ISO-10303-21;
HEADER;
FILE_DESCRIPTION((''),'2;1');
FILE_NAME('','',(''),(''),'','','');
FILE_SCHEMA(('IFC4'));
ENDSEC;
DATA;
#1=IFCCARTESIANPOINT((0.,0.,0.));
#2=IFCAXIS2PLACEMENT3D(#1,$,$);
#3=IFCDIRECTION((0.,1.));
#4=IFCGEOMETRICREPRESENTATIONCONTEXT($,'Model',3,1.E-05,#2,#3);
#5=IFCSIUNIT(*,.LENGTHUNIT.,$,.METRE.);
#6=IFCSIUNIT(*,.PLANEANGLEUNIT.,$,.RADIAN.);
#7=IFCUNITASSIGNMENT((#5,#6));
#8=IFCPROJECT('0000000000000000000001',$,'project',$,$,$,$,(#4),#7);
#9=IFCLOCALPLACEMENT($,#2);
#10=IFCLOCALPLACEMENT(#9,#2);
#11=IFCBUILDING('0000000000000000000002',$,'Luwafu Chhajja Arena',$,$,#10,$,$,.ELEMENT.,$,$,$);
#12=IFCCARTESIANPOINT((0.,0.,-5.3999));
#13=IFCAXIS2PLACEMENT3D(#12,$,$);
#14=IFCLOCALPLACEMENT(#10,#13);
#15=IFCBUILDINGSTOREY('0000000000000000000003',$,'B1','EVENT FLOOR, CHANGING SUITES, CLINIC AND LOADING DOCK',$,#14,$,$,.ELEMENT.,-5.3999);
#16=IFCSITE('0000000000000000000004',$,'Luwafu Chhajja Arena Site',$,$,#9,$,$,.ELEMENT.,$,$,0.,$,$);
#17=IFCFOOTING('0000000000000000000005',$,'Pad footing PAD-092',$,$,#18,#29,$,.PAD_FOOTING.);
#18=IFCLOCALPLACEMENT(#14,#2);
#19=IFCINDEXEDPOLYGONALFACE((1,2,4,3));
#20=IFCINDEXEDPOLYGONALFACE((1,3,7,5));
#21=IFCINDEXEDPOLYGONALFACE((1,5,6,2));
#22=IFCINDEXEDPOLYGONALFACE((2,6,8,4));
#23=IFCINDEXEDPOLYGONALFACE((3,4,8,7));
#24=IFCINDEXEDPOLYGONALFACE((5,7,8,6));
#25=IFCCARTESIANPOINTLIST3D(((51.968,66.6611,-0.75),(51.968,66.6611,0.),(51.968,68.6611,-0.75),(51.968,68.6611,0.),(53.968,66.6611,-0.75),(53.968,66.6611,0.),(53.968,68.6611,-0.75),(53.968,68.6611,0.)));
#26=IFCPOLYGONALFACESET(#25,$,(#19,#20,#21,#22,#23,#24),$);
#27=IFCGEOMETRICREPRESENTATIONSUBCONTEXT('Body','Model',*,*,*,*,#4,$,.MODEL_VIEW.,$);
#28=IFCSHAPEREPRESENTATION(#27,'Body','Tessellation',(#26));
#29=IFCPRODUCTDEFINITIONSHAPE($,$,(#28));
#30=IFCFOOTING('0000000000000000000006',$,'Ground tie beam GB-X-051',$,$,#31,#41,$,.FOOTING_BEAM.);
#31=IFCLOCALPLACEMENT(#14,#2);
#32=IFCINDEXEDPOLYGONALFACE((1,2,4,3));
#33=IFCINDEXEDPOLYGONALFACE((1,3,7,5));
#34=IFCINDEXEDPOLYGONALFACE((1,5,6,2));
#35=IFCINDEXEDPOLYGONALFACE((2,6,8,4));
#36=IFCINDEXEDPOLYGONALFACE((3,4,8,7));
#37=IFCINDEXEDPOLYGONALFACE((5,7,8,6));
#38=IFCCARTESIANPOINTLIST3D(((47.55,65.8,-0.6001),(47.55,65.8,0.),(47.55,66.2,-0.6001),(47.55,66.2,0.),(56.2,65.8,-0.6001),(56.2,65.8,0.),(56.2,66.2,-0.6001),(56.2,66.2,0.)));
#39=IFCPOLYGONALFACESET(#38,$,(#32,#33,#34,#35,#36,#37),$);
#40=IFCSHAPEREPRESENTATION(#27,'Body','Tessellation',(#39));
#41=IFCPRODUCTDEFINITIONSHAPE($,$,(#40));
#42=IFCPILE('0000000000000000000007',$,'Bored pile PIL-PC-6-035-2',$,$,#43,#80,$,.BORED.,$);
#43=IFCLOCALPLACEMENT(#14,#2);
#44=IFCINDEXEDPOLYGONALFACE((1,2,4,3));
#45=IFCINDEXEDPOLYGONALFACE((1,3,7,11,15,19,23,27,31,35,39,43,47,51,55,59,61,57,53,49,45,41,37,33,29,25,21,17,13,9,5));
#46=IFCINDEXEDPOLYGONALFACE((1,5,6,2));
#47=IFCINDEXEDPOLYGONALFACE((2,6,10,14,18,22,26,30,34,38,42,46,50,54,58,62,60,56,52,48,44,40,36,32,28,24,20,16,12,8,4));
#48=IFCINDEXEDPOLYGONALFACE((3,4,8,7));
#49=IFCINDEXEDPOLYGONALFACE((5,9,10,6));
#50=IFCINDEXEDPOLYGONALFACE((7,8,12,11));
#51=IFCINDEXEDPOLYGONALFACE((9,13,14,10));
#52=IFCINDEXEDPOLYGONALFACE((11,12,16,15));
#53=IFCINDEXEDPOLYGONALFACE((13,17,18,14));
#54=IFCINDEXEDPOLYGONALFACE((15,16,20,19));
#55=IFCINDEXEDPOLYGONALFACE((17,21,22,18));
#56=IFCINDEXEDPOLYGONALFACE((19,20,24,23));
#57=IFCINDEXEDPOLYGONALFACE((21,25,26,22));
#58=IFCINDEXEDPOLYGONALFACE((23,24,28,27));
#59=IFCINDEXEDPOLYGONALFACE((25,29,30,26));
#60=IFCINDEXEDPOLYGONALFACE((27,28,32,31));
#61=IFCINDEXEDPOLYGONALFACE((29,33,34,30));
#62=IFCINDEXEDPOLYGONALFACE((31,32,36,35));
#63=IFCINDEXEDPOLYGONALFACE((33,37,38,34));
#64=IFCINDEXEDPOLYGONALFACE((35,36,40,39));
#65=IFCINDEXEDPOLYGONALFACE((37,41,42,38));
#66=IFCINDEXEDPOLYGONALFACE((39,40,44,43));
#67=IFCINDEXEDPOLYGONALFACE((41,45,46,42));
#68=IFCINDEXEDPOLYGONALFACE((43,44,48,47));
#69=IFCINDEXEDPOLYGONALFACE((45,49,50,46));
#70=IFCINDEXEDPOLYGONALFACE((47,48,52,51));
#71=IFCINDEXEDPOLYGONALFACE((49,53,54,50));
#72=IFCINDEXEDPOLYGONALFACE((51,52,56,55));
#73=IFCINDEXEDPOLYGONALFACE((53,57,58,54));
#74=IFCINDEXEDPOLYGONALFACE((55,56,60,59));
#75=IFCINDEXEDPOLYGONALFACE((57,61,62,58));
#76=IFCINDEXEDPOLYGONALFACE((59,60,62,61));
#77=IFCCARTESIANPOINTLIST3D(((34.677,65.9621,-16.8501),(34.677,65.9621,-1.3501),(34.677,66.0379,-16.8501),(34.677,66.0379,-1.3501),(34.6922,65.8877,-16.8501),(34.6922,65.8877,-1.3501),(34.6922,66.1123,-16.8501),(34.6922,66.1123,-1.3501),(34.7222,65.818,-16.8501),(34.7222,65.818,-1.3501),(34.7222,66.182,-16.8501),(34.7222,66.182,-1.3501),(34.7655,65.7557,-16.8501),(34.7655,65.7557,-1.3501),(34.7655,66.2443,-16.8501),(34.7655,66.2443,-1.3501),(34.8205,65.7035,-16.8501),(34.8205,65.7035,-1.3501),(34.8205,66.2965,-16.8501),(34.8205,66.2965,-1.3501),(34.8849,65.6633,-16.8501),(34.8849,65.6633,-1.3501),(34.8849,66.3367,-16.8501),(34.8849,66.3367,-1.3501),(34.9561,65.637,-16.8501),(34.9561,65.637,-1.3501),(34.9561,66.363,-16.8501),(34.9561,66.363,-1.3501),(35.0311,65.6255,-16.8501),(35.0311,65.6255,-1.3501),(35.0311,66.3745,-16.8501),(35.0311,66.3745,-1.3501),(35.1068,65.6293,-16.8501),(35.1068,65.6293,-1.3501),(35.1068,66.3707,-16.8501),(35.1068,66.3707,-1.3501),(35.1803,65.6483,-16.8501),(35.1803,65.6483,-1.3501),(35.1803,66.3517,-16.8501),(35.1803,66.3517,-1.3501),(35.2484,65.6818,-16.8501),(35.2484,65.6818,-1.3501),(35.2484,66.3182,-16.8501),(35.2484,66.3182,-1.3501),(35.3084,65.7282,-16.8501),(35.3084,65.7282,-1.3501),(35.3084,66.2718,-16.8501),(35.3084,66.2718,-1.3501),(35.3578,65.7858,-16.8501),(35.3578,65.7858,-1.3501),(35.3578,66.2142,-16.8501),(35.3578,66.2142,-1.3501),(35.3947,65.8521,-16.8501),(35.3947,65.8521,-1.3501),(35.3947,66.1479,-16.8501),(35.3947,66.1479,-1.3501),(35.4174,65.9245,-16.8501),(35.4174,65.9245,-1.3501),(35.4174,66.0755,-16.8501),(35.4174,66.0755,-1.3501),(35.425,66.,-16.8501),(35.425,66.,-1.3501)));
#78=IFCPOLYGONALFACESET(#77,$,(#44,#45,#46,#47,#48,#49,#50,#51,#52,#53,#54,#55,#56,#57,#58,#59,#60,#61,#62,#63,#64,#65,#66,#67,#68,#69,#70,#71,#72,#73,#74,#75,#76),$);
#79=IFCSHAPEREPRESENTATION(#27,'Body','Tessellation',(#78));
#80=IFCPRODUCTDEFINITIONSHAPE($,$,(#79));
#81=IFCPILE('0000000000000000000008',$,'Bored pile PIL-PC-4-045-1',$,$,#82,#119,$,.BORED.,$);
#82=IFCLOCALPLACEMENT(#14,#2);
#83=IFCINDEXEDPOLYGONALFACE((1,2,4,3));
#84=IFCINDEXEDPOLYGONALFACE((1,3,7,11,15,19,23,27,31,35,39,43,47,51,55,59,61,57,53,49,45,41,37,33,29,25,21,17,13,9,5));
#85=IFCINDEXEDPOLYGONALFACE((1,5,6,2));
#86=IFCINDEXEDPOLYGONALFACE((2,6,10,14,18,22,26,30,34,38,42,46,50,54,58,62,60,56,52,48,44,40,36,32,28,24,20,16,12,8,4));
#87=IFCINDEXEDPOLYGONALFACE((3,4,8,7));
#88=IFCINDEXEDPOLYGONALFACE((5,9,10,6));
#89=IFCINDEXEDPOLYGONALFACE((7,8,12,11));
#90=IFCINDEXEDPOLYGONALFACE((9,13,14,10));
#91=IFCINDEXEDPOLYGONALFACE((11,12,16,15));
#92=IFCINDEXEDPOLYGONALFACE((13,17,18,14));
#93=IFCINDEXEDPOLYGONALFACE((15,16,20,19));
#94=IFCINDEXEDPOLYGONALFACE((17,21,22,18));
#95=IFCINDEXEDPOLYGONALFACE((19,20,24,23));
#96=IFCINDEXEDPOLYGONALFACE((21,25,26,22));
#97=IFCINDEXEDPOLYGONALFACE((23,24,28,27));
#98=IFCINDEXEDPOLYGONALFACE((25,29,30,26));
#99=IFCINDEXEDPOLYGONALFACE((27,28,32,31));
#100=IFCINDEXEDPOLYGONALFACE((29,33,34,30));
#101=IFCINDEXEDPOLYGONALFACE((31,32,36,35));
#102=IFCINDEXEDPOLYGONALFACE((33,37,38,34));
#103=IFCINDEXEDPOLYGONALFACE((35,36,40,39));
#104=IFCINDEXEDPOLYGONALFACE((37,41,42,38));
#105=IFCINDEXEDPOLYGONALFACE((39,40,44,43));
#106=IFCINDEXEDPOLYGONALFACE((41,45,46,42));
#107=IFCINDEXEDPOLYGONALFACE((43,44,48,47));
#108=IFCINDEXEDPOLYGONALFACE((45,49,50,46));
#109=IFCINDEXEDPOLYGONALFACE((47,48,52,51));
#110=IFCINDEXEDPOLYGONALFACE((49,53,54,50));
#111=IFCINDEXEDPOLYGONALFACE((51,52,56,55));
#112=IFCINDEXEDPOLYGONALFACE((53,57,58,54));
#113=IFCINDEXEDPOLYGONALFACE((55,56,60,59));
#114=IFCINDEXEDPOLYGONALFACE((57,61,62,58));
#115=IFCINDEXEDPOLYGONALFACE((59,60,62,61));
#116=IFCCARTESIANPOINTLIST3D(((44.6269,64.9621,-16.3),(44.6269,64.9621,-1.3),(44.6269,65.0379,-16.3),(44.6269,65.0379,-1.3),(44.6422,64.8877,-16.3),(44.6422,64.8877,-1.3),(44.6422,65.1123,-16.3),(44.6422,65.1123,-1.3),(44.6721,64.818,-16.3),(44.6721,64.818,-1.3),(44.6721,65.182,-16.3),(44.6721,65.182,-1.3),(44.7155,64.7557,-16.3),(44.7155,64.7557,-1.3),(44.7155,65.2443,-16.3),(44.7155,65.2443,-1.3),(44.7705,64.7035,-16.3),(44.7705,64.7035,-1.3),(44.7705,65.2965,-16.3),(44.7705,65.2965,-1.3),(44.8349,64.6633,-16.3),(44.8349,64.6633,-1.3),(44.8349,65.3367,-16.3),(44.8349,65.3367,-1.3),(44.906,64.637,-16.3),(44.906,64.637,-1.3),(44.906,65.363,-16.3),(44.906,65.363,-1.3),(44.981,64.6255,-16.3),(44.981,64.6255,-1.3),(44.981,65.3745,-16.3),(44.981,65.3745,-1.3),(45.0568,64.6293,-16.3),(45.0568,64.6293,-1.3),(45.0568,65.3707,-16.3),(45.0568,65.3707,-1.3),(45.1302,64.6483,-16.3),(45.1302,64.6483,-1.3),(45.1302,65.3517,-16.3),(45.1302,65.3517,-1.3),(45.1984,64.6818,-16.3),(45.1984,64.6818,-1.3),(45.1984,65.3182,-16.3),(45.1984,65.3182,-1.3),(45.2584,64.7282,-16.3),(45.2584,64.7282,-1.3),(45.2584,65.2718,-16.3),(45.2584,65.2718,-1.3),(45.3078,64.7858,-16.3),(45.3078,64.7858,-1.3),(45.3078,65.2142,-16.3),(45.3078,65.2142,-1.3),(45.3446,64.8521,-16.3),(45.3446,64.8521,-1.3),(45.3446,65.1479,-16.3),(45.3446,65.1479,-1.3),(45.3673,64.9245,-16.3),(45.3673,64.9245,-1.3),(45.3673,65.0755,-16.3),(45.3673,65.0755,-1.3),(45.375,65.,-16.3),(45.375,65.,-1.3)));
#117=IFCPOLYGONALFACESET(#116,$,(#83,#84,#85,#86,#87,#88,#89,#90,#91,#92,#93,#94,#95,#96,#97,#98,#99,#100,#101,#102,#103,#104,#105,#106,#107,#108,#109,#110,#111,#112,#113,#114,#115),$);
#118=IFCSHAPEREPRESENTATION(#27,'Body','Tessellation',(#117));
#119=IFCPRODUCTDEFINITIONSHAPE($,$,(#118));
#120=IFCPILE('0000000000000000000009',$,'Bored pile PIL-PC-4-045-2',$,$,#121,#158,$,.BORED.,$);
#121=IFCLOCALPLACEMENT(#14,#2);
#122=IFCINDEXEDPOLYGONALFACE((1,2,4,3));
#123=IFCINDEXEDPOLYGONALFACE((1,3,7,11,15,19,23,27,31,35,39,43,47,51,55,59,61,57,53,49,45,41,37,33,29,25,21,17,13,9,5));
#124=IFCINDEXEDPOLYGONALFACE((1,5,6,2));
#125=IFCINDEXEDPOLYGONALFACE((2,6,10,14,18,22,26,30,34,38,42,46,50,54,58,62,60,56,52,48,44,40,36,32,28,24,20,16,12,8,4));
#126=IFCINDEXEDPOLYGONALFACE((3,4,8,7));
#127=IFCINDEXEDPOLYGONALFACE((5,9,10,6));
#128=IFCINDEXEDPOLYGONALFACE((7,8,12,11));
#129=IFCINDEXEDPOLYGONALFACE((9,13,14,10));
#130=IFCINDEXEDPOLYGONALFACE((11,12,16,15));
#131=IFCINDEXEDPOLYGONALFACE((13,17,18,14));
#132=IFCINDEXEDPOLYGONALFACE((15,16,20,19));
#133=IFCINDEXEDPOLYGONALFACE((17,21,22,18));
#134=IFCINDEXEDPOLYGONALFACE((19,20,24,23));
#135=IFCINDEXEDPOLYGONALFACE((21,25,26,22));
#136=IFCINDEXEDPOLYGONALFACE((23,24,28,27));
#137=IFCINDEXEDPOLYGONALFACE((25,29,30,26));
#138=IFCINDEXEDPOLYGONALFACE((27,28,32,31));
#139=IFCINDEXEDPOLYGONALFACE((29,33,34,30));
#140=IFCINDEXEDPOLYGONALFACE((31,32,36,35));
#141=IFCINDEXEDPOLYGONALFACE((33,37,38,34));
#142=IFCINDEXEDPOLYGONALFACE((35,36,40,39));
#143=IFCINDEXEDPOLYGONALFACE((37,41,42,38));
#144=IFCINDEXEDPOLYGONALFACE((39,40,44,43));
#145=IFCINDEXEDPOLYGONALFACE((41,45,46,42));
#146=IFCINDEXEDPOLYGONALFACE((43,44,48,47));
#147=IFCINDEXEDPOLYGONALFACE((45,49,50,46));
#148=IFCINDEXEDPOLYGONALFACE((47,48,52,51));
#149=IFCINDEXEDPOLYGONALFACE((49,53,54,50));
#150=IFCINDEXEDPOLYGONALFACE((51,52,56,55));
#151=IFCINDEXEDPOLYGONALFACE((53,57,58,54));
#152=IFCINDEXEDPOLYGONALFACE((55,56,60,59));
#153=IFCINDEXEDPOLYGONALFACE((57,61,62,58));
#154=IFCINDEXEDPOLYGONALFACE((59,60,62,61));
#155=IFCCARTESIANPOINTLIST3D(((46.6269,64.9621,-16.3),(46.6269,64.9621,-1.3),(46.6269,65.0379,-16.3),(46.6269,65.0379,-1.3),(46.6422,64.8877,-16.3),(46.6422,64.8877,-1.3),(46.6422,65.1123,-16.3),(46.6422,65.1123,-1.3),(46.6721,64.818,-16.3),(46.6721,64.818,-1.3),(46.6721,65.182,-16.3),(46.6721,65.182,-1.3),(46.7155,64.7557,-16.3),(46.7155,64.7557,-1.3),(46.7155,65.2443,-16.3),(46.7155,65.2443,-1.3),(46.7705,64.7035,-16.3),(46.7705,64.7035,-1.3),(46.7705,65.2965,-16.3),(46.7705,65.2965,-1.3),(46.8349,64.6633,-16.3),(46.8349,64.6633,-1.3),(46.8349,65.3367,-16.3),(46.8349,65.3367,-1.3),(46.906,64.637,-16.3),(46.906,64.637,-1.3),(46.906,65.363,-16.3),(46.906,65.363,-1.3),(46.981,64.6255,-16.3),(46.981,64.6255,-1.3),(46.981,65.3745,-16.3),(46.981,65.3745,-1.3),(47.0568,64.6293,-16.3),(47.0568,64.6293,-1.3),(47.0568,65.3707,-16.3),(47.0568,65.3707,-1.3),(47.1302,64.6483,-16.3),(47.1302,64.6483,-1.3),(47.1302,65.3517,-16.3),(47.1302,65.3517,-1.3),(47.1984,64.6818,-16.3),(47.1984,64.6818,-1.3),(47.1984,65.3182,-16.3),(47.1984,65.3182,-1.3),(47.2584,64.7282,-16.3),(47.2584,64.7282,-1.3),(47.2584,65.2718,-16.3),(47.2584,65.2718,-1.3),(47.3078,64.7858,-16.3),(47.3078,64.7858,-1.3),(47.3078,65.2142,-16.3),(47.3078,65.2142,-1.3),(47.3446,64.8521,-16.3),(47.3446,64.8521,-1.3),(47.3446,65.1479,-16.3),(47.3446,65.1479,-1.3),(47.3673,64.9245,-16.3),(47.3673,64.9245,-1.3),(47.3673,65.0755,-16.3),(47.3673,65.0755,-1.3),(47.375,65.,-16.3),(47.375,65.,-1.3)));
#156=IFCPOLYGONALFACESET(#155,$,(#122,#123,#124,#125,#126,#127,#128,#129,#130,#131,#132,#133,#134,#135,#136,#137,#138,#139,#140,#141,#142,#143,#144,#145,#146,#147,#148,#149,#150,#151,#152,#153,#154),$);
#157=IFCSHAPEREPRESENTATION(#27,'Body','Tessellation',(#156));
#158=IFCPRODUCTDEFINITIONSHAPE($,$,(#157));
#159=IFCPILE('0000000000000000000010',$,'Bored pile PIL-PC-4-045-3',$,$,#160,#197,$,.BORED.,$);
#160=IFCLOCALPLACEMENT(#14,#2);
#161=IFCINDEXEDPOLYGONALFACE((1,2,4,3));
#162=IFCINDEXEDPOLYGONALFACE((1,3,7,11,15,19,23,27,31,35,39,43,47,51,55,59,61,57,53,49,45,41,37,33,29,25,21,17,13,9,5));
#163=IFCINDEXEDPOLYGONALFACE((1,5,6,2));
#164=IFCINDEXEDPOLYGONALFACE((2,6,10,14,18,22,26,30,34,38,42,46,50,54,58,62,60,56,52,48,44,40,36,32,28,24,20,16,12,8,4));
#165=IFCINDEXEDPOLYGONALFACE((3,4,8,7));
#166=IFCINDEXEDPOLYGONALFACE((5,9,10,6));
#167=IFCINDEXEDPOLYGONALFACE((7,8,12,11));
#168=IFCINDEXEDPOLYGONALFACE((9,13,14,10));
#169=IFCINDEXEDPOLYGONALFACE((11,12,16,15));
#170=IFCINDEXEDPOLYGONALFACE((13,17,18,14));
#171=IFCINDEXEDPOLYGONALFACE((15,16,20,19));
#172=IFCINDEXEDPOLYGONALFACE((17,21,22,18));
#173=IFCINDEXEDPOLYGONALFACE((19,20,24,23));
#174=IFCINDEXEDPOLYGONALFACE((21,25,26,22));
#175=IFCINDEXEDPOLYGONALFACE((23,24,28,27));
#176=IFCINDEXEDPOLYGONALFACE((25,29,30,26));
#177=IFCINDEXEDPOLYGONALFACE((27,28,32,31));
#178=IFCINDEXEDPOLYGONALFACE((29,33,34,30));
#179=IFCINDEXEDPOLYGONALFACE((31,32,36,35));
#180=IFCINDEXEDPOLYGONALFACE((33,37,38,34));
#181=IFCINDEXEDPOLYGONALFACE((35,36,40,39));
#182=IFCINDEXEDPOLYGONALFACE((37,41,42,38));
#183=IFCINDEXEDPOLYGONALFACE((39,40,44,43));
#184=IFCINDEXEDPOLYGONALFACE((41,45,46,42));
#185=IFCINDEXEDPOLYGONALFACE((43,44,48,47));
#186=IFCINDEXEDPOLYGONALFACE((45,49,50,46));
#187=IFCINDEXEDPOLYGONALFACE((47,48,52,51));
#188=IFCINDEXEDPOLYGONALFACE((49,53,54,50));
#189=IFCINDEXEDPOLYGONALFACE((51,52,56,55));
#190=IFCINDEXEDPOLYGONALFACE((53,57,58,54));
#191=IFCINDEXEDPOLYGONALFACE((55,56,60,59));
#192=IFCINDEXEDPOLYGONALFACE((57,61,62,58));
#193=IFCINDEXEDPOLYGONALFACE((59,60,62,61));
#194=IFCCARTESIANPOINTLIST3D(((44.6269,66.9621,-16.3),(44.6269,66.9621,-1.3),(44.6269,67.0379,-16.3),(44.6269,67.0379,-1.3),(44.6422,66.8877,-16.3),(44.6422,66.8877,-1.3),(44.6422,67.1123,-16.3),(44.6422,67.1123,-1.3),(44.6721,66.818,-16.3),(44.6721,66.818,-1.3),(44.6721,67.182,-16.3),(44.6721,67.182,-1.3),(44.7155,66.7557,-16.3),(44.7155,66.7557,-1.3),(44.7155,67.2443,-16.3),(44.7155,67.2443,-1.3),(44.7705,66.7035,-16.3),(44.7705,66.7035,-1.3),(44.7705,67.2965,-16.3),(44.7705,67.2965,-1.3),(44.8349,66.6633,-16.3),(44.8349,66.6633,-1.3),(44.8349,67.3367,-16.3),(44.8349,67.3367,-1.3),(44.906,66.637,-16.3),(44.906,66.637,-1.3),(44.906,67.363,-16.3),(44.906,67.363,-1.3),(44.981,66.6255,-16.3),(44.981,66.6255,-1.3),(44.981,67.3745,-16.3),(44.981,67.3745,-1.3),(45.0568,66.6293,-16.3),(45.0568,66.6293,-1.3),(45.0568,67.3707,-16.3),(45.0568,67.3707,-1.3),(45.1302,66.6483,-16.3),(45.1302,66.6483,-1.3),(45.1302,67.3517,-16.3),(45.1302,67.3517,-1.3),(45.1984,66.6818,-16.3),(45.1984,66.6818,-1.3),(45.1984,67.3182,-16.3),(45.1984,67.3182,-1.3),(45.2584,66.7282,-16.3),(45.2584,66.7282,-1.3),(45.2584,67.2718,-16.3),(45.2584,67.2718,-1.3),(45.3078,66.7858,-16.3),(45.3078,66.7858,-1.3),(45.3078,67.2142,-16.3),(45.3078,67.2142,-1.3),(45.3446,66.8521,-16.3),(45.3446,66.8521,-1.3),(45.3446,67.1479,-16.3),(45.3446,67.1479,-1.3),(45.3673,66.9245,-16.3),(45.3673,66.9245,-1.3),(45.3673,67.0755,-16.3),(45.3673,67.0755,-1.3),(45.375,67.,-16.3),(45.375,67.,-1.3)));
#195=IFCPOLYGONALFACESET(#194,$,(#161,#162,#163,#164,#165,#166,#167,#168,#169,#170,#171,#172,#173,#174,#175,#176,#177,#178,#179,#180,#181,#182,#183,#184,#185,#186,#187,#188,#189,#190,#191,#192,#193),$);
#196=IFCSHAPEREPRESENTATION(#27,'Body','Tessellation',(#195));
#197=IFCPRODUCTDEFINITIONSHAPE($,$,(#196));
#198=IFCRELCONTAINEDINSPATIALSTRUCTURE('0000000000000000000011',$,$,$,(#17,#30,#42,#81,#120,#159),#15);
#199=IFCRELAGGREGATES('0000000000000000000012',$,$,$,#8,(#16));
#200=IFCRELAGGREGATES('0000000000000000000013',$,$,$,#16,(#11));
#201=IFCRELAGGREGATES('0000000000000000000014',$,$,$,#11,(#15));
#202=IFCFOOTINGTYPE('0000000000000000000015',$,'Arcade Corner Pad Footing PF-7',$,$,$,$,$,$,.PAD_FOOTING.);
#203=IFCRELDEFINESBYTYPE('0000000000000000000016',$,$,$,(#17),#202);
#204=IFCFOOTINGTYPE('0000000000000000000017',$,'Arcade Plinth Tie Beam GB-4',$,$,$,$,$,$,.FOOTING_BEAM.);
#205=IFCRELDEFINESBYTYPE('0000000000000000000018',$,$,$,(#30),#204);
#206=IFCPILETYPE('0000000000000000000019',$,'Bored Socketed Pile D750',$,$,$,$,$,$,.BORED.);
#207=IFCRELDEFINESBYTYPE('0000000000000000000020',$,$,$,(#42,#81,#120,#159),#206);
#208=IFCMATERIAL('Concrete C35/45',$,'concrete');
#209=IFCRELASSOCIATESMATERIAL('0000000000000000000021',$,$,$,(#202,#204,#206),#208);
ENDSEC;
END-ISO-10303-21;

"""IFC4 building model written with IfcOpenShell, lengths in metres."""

from ifc_helpers import new_model, si_unit, direction, frame, origin, origin_2d, place, context, subcontext, project, spatial, rectangle, circle, extrude, material, material_profile, profile_set, type_object, element, save


model = new_model("IFC4")

# Units and contexts
model_context = context("Model", 3, precision=1e-05, world=origin(), true_north=direction((0.0, 1.0)))
body_context = subcontext(model_context, "Body", "Model", "MODEL_VIEW")
ifc_project = project(units=[si_unit("LENGTHUNIT", "METRE"), si_unit("PLANEANGLEUNIT", "RADIAN")], contexts=[model_context])

# Site, building, storey
site_placement = place(None, origin())
site = spatial("IfcSite", under=ifc_project, at=site_placement, Name="Luwafu Chhajja Arena Site", CompositionType="ELEMENT", RefElevation=0.0)
building_placement = place(site_placement, origin())
building = spatial("IfcBuilding", under=site, at=building_placement, Name="Luwafu Chhajja Arena", CompositionType="ELEMENT")
storey_placement = place(building_placement, frame((0.0, 0.0, -5.3999)))
storey = spatial("IfcBuildingStorey", under=building, at=storey_placement, Name="B1", Description="EVENT FLOOR, CHANGING SUITES, CLINIC AND LOADING DOCK", CompositionType="ELEMENT", Elevation=-5.3999)

# Footings
ifc_material_1 = material(Name="Concrete C35/45", Category="concrete")
footing_type_1 = type_object("IfcFootingType", Name="Arcade Corner Pad Footing PF-7", PredefinedType="PAD_FOOTING", material=ifc_material_1)
footing_1_placement = place(storey_placement, frame((52.968, 67.6611, -0.75), z_axis=(0.0, 0.0, 1.0), x_axis=(1.0, 0.0, 0.0)))
element("IfcFooting", 1, at=footing_1_placement, inside=storey, type_object=footing_type_1, Name="Pad footing PAD-092", PredefinedType="PAD_FOOTING", context=body_context, shape_type="SweptSolid", body=[
    extrude(rectangle(XDim=2.0, YDim=2.0, at=origin_2d()), origin(), (0.0, 0.0, 1.0), 0.75),
])
ifc_material_profile_1 = material_profile(ifc_material_1, rectangle(XDim=0.3999, YDim=0.6001, at=origin_2d()), Name="RC 400x600")
ifc_profile_set_1 = profile_set([ifc_material_profile_1], Name="Concrete C35/45")
footing_type_2 = type_object("IfcFootingType", Name="Arcade Plinth Tie Beam GB-4", PredefinedType="FOOTING_BEAM", material=ifc_profile_set_1)
footing_2_placement = place(storey_placement, frame((47.55, 66.0, -0.3), z_axis=(1.0, 0.0, 0.0), x_axis=(0.0, 1.0, 0.0)))
element("IfcFooting", 2, at=footing_2_placement, inside=storey, type_object=footing_type_2, Name="Ground tie beam GB-X-051", PredefinedType="FOOTING_BEAM", context=body_context, shape_type="SweptSolid", body=[
    extrude(rectangle(XDim=0.3999, YDim=0.6001, at=origin_2d()), origin(), (0.0, 0.0, 1.0), 8.6499),
])

# Piles
ifc_material_profile_2 = material_profile(ifc_material_1, circle(Radius=0.375, at=origin_2d()), Name="PILE D750")
ifc_profile_set_2 = profile_set([ifc_material_profile_2], Name="Concrete C35/45")
pile_type_1 = type_object("IfcPileType", Name="Bored Socketed Pile D750", PredefinedType="BORED", material=ifc_profile_set_2)
pile_placement = place(storey_placement, frame((35.05, 66.0, -1.3501), z_axis=(0.0, 0.0, -1.0), x_axis=(1.0, 0.0, 0.0)))
element("IfcPile", 3, at=pile_placement, inside=storey, type_object=pile_type_1, Name="Bored pile PIL-PC-6-035-2", PredefinedType="BORED", context=body_context, shape_type="SweptSolid", body=[
    extrude(circle(Radius=0.375, at=origin_2d()), origin(), (0.0, 0.0, 1.0), 15.5),
])
for number, where, z_axis, x_axis, name in (
    (4, (45.0, 65.0, -1.3), (0.0, 0.0, -1.0), (1.0, 0.0, 0.0), "Bored pile PIL-PC-4-045-1"),
    (5, (47.0, 65.0, -1.3), (0.0, 0.0, -1.0), (1.0, 0.0, 0.0), "Bored pile PIL-PC-4-045-2"),
    (6, (45.0, 67.0, -1.3), (0.0, 0.0, -1.0), (1.0, 0.0, 0.0), "Bored pile PIL-PC-4-045-3"),
):
    element("IfcPile", number, at=place(storey_placement, frame(where, z_axis=z_axis, x_axis=x_axis)), inside=storey, type_object=pile_type_1, Name=name, PredefinedType="BORED", context=body_context, shape_type="SweptSolid", body=[
        extrude(circle(Radius=0.375, at=origin_2d()), origin(), (0.0, 0.0, 1.0), 15.0),
    ])

save(model, "model.ifc")
